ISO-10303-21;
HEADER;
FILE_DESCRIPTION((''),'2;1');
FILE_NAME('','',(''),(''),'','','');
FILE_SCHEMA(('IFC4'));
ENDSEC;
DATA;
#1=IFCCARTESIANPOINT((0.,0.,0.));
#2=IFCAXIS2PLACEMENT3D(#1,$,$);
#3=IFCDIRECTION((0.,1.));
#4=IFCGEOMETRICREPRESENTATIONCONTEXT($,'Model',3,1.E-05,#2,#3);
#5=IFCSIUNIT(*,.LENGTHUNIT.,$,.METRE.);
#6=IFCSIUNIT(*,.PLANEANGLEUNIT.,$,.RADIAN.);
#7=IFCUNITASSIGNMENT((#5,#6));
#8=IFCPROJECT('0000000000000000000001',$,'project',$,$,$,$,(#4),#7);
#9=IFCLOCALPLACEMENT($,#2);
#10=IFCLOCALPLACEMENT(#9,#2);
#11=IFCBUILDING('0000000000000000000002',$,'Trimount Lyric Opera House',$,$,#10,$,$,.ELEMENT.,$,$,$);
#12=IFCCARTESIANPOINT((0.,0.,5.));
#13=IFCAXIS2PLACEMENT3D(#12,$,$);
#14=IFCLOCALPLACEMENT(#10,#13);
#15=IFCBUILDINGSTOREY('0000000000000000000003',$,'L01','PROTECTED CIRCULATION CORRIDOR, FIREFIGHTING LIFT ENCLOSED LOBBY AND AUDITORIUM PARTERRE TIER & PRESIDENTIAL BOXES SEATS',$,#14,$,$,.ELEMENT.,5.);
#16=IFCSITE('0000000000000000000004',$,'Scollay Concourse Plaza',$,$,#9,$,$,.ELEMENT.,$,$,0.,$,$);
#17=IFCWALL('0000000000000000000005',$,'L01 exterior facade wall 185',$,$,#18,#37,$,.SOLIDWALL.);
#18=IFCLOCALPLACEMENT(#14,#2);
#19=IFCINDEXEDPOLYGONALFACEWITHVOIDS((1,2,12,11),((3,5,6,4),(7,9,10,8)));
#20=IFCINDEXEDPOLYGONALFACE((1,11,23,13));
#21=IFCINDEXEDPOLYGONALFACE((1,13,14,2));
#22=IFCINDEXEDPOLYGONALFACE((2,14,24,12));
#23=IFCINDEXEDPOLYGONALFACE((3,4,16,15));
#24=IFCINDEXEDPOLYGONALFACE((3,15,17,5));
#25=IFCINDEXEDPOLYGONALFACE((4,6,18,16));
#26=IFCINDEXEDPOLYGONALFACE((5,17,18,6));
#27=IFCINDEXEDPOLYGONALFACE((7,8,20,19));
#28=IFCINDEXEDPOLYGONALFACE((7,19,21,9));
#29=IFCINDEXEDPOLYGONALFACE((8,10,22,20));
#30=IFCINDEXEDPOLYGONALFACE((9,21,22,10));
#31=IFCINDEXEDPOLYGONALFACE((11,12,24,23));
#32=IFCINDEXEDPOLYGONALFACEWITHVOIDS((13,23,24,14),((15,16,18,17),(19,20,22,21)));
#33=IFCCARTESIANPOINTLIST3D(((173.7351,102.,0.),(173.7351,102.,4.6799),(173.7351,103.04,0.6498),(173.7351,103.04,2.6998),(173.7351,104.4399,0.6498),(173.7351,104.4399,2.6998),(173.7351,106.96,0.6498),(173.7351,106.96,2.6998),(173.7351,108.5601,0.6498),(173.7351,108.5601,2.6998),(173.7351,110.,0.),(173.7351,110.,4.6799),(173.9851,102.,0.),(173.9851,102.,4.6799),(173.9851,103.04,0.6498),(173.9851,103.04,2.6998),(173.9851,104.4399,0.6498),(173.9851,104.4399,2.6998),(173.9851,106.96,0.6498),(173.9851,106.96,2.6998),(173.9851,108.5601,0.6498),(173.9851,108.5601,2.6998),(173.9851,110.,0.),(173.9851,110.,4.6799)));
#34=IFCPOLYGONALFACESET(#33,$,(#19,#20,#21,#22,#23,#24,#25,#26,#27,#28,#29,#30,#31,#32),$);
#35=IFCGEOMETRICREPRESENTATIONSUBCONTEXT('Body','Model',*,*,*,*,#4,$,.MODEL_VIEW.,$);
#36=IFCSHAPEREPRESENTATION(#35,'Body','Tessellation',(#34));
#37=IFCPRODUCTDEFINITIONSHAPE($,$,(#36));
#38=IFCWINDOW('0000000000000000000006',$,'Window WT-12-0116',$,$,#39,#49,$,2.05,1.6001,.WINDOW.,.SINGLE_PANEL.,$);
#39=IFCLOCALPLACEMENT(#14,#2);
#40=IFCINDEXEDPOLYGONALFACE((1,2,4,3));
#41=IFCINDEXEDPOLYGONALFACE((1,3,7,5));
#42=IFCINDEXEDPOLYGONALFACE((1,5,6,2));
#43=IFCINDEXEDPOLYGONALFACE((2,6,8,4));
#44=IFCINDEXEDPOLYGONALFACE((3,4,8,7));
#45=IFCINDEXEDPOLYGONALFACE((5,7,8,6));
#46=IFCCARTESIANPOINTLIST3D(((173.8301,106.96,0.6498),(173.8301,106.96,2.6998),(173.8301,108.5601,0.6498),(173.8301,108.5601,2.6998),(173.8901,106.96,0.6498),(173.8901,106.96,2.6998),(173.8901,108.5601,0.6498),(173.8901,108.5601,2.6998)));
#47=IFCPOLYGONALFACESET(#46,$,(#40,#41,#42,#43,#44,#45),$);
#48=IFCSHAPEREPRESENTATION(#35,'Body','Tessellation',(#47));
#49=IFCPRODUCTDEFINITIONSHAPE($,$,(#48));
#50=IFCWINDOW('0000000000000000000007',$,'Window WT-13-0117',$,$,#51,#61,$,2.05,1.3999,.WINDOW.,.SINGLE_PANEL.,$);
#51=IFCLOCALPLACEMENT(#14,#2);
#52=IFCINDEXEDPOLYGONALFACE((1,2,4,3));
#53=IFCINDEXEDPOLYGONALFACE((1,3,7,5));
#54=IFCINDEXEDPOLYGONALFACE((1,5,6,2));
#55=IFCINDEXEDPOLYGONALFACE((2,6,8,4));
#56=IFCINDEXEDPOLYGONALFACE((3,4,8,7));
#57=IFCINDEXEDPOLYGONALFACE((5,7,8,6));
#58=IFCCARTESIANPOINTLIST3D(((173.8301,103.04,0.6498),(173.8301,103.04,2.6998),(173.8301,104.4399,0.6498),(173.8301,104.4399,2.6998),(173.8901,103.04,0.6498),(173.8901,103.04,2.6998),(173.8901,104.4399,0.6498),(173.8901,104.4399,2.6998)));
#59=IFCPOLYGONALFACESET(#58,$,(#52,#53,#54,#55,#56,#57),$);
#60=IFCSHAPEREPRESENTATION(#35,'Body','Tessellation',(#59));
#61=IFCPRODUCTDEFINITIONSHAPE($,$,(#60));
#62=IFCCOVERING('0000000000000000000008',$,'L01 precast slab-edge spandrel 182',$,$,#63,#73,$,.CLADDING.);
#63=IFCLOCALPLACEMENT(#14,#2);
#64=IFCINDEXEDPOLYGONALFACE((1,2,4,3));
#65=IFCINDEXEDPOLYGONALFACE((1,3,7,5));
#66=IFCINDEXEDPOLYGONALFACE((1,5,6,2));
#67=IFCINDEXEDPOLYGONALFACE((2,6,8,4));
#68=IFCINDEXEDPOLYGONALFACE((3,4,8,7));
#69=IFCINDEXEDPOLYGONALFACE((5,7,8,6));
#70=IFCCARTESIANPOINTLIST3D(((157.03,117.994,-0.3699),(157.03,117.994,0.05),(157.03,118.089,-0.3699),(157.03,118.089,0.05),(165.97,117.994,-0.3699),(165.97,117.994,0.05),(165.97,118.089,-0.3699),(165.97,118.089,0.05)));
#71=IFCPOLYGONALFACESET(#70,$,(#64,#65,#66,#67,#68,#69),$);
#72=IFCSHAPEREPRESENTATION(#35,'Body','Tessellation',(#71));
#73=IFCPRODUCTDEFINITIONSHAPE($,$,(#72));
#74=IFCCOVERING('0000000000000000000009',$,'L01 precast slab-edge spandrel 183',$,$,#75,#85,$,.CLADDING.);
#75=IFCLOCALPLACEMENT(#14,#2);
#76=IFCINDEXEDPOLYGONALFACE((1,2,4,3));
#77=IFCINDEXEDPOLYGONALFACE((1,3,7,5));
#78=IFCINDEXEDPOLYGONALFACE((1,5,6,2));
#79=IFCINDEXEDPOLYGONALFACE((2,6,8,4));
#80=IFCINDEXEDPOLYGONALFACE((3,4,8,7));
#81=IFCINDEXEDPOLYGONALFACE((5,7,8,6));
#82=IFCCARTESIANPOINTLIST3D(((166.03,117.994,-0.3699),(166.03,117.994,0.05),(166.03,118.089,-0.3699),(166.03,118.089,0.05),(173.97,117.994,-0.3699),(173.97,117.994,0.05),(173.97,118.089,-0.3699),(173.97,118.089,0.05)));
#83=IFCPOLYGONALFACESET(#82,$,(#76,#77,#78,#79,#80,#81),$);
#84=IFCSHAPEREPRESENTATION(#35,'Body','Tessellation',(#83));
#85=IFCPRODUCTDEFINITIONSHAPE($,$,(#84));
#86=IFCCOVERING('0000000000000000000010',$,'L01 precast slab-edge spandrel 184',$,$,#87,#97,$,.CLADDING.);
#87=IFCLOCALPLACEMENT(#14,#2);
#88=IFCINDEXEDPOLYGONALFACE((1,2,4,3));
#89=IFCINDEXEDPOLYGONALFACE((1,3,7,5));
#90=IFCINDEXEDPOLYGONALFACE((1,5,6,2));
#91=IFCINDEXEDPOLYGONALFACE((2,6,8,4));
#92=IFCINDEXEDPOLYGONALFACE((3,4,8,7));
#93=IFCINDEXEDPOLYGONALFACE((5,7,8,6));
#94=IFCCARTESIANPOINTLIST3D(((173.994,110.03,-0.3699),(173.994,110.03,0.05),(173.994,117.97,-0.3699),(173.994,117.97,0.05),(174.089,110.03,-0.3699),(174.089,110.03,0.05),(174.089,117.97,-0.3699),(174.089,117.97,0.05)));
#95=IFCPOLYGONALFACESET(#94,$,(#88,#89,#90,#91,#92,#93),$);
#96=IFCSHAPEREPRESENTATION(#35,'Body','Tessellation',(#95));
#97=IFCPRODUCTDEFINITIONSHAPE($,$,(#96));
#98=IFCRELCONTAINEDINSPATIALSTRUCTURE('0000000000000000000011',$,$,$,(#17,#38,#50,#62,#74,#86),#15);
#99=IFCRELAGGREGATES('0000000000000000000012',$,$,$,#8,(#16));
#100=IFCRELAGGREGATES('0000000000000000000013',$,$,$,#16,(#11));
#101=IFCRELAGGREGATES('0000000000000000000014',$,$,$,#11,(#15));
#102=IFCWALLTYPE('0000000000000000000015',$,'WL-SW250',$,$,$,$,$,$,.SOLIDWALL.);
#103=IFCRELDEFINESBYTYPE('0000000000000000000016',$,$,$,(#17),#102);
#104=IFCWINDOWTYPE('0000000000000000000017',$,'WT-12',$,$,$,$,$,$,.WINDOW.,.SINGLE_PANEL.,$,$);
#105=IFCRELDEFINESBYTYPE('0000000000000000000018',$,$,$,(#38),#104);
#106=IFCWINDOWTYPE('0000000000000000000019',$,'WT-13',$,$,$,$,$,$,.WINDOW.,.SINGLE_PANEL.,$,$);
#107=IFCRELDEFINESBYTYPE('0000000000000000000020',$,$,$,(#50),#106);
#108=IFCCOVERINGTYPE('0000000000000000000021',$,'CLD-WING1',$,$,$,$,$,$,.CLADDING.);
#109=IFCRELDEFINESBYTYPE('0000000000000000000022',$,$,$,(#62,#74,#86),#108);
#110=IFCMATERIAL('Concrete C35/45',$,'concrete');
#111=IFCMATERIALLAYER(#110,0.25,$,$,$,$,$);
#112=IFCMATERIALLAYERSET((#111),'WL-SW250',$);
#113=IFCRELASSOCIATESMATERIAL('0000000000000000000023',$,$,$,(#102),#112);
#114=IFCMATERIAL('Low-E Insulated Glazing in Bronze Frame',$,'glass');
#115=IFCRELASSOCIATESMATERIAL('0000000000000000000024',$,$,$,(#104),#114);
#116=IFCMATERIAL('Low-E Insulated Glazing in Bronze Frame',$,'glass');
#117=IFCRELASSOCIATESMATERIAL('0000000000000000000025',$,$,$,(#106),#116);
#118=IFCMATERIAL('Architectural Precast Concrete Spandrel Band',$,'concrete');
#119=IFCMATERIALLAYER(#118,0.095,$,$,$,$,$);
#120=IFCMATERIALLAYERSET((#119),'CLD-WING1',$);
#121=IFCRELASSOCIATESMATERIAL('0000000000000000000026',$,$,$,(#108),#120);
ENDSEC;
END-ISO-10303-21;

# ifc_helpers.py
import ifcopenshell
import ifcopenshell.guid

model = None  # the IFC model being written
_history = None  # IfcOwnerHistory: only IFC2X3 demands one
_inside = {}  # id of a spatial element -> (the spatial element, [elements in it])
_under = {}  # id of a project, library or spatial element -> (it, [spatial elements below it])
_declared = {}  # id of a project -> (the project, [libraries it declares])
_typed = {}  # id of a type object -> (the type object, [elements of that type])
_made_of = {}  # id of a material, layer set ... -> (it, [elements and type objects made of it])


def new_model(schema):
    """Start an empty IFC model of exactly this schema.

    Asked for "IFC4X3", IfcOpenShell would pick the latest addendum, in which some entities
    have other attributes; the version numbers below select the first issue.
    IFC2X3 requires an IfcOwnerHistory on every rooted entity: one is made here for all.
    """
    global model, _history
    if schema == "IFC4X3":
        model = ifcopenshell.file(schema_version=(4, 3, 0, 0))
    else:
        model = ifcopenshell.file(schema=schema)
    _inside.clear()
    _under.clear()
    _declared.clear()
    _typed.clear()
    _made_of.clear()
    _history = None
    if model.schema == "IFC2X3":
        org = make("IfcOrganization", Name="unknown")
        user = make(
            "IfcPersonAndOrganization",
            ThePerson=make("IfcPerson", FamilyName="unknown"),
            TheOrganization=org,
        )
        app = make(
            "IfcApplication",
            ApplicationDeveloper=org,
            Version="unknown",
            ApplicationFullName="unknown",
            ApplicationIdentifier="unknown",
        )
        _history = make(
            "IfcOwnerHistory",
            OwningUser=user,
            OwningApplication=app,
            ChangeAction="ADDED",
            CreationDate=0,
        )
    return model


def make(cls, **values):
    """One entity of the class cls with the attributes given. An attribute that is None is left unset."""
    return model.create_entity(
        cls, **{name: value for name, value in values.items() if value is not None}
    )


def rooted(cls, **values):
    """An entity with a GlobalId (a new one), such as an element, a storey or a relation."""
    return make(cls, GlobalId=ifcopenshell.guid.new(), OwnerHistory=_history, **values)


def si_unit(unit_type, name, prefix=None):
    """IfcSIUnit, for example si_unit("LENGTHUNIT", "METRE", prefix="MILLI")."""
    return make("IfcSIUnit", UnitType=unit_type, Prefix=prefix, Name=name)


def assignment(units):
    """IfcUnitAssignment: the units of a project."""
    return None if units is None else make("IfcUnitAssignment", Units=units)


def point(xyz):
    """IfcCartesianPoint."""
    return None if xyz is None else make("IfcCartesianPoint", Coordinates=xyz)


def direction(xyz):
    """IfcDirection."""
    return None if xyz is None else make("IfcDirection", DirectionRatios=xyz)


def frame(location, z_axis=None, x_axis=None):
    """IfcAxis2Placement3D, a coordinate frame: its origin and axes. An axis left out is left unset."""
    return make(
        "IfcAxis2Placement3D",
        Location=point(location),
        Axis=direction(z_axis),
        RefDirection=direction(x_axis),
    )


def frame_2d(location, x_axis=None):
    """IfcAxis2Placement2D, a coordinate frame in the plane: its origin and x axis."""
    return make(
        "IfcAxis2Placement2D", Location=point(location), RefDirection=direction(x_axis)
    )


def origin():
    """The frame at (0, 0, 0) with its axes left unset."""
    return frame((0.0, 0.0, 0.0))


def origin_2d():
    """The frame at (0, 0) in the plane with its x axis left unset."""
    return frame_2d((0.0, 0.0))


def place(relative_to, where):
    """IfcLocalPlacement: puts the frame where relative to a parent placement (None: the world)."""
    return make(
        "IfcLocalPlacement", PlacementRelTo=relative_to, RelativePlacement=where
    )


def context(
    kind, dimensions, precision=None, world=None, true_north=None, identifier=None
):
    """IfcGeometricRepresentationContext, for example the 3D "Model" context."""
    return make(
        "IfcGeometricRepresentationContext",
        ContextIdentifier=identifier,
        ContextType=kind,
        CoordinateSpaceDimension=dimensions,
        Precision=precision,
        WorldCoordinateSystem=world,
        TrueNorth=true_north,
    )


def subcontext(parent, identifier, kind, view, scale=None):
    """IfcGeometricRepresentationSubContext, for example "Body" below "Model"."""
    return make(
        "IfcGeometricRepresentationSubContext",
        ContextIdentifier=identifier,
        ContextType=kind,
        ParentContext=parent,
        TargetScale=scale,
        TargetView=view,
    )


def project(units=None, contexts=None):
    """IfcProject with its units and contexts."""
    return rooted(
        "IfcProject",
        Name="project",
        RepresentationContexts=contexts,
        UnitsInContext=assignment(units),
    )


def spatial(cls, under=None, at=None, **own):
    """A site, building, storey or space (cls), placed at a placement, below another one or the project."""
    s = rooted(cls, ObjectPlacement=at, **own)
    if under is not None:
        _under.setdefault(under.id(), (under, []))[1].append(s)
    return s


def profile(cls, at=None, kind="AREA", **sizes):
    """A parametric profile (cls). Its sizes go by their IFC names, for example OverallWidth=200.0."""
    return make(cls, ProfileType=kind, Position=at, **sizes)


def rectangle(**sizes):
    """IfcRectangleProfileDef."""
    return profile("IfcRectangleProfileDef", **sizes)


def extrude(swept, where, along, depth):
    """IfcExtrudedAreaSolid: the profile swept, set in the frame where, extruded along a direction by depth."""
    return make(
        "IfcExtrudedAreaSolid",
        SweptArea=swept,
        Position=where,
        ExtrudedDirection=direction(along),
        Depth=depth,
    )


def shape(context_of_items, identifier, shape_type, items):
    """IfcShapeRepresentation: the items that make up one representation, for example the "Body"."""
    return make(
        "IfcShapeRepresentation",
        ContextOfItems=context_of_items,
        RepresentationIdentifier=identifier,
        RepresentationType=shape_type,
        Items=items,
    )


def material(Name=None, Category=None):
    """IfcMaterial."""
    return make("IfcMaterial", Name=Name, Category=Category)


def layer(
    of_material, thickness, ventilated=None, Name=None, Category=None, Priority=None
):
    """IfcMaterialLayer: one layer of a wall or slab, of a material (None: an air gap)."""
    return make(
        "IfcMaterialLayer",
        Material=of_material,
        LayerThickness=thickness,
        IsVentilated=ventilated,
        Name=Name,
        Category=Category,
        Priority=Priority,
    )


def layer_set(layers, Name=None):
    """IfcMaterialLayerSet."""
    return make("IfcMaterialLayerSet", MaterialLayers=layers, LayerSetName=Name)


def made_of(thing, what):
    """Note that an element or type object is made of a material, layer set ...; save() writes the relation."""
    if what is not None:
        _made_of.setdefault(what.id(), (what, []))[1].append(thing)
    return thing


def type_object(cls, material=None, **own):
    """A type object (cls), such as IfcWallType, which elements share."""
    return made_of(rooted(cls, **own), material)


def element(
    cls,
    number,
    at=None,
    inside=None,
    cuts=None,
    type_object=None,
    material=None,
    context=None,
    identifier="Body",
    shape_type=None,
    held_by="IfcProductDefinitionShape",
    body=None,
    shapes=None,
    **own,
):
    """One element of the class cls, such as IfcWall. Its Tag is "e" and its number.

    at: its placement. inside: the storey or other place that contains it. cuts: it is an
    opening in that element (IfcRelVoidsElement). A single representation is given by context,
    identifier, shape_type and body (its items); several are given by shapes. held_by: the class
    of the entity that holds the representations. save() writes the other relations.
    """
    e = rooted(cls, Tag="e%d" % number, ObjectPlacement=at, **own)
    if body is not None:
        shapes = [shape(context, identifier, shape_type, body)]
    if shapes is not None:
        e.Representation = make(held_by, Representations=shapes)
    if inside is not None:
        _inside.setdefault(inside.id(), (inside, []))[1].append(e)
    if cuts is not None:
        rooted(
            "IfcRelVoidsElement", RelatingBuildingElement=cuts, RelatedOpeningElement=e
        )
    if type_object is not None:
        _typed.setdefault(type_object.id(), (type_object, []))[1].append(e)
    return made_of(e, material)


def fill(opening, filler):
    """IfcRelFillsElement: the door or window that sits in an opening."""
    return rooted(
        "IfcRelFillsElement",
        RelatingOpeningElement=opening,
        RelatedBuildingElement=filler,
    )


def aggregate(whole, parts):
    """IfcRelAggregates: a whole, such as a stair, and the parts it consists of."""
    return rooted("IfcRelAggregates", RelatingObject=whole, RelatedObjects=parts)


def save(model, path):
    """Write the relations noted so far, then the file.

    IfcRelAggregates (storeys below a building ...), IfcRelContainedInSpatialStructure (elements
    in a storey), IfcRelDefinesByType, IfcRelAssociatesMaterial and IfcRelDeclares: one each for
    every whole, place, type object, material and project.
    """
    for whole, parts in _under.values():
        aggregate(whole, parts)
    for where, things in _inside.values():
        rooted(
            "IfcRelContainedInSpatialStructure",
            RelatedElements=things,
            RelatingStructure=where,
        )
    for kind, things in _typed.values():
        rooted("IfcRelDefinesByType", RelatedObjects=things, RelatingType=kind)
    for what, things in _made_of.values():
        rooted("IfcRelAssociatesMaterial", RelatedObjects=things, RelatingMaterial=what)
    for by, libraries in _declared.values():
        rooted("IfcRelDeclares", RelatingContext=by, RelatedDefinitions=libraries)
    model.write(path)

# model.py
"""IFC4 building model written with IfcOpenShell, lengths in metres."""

from ifc_helpers import new_model, si_unit, direction, frame, frame_2d, origin, origin_2d, place, context, subcontext, project, spatial, rectangle, extrude, material, layer, layer_set, type_object, element, fill, save


model = new_model("IFC4")

# Units and contexts
model_context = context("Model", 3, precision=1e-05, world=origin(), true_north=direction((0.0, 1.0)))
body_context = subcontext(model_context, "Body", "Model", "MODEL_VIEW")
ifc_project = project(units=[si_unit("LENGTHUNIT", "METRE"), si_unit("PLANEANGLEUNIT", "RADIAN")], contexts=[model_context])

# Site, building, storey
site_placement = place(None, origin())
site = spatial("IfcSite", under=ifc_project, at=site_placement, Name="Scollay Concourse Plaza", CompositionType="ELEMENT", RefElevation=0.0)
building_placement = place(site_placement, origin())
building = spatial("IfcBuilding", under=site, at=building_placement, Name="Trimount Lyric Opera House", CompositionType="ELEMENT")
storey_placement = place(building_placement, frame((0.0, 0.0, 5.0)))
storey = spatial("IfcBuildingStorey", under=building, at=storey_placement, Name="L01", Description="PROTECTED CIRCULATION CORRIDOR, FIREFIGHTING LIFT ENCLOSED LOBBY AND AUDITORIUM PARTERRE TIER & PRESIDENTIAL BOXES SEATS", CompositionType="ELEMENT", Elevation=5.0)

# Wall, openings, windows
ifc_material_1 = material(Name="Concrete C35/45", Category="concrete")
ifc_layer_1 = layer(ifc_material_1, 0.25)
ifc_layer_set_1 = layer_set([ifc_layer_1], Name="WL-SW250")
wall_type = type_object("IfcWallType", Name="WL-SW250", PredefinedType="SOLIDWALL", material=ifc_layer_set_1)
wall_1_placement = place(storey_placement, frame((173.8601, 110.0, 0.0), z_axis=(0.0, 0.0, 1.0), x_axis=(0.0, -1.0, 0.0)))
wall_1 = element("IfcWall", 1, at=wall_1_placement, inside=storey, type_object=wall_type, Name="L01 exterior facade wall 185", PredefinedType="SOLIDWALL", context=body_context, shape_type="SweptSolid", body=[
    extrude(rectangle(XDim=8.0, YDim=0.25, at=frame_2d((4.0, 0.0))), origin(), (0.0, 0.0, 1.0), 4.6799),
])
opening_1_placement = place(wall_1_placement, frame((1.4399, 0.0, 0.6499)))
opening_1 = element("IfcOpeningElement", 2, at=opening_1_placement, cuts=wall_1, PredefinedType="OPENING", context=body_context, shape_type="SweptSolid", body=[
    extrude(rectangle(XDim=1.6001, YDim=2.05, at=frame_2d((0.8, 1.0249))), frame((0.0, 0.135, 0.0), z_axis=(0.0, -1.0, 0.0), x_axis=(1.0, 0.0, 0.0)), (0.0, 0.0, 1.0), 0.27),
])
opening_2_placement = place(wall_1_placement, frame((5.5601, 0.0, 0.6499)))
opening_2 = element("IfcOpeningElement", 3, at=opening_2_placement, cuts=wall_1, PredefinedType="OPENING", context=body_context, shape_type="SweptSolid", body=[
    extrude(rectangle(XDim=1.3999, YDim=2.05, at=frame_2d((0.7, 1.0249))), frame((0.0, 0.135, 0.0), z_axis=(0.0, -1.0, 0.0), x_axis=(1.0, 0.0, 0.0)), (0.0, 0.0, 1.0), 0.27),
])
ifc_material_2 = material(Name="Low-E Insulated Glazing in Bronze Frame", Category="glass")
window_type_1 = type_object("IfcWindowType", Name="WT-12", PartitioningType="SINGLE_PANEL", PredefinedType="WINDOW", material=ifc_material_2)
window_1_placement = place(opening_1_placement, origin())
window_1 = element("IfcWindow", 4, at=window_1_placement, inside=storey, type_object=window_type_1, Name="Window WT-12-0116", OverallHeight=2.05, OverallWidth=1.6001, PartitioningType="SINGLE_PANEL", PredefinedType="WINDOW", context=body_context, shape_type="SweptSolid", body=[
    extrude(rectangle(XDim=1.6001, YDim=2.05, at=frame_2d((0.8, 1.0249))), frame((0.0, 0.03, 0.0), z_axis=(0.0, -1.0, 0.0), x_axis=(1.0, 0.0, 0.0)), (0.0, 0.0, 1.0), 0.0601),
])
fill(opening_1, window_1)
ifc_material_3 = material(Name="Low-E Insulated Glazing in Bronze Frame", Category="glass")
window_type_2 = type_object("IfcWindowType", Name="WT-13", PartitioningType="SINGLE_PANEL", PredefinedType="WINDOW", material=ifc_material_3)
window_2_placement = place(opening_2_placement, origin())
window_2 = element("IfcWindow", 5, at=window_2_placement, inside=storey, type_object=window_type_2, Name="Window WT-13-0117", OverallHeight=2.05, OverallWidth=1.3999, PartitioningType="SINGLE_PANEL", PredefinedType="WINDOW", context=body_context, shape_type="SweptSolid", body=[
    extrude(rectangle(XDim=1.3999, YDim=2.05, at=frame_2d((0.7, 1.0249))), frame((0.0, 0.03, 0.0), z_axis=(0.0, -1.0, 0.0), x_axis=(1.0, 0.0, 0.0)), (0.0, 0.0, 1.0), 0.0601),
])
fill(opening_2, window_2)

# Coverings
ifc_material_4 = material(Name="Architectural Precast Concrete Spandrel Band", Category="concrete")
ifc_layer_2 = layer(ifc_material_4, 0.095)
ifc_layer_set_2 = layer_set([ifc_layer_2], Name="CLD-WING1")
covering_type = type_object("IfcCoveringType", Name="CLD-WING1", PredefinedType="CLADDING", material=ifc_layer_set_2)
covering_placement = place(storey_placement, frame((161.5, 118.0415, -0.3699), z_axis=(0.0, 0.0, 1.0), x_axis=(1.0, 0.0, 0.0)))
element("IfcCovering", 6, at=covering_placement, inside=storey, type_object=covering_type, Name="L01 precast slab-edge spandrel 182", PredefinedType="CLADDING", context=body_context, shape_type="SweptSolid", body=[
    extrude(rectangle(XDim=8.9399, YDim=0.095, at=origin_2d()), origin(), (0.0, 0.0, 1.0), 0.4199),
])
for number, where, z_axis, x_axis, name in (
    (7, (170.0, 118.0415, -0.3699), (0.0, 0.0, 1.0), (1.0, 0.0, 0.0), "L01 precast slab-edge spandrel 183"),
    (8, (174.0415, 114.0, -0.3699), (0.0, 0.0, 1.0), (0.0, -1.0, 0.0), "L01 precast slab-edge spandrel 184"),
):
    element("IfcCovering", number, at=place(storey_placement, frame(where, z_axis=z_axis, x_axis=x_axis)), inside=storey, type_object=covering_type, Name=name, PredefinedType="CLADDING", context=body_context, shape_type="SweptSolid", body=[
        extrude(rectangle(XDim=7.9399, YDim=0.095, at=origin_2d()), origin(), (0.0, 0.0, 1.0), 0.4199),
    ])

save(model, "model.ifc")
